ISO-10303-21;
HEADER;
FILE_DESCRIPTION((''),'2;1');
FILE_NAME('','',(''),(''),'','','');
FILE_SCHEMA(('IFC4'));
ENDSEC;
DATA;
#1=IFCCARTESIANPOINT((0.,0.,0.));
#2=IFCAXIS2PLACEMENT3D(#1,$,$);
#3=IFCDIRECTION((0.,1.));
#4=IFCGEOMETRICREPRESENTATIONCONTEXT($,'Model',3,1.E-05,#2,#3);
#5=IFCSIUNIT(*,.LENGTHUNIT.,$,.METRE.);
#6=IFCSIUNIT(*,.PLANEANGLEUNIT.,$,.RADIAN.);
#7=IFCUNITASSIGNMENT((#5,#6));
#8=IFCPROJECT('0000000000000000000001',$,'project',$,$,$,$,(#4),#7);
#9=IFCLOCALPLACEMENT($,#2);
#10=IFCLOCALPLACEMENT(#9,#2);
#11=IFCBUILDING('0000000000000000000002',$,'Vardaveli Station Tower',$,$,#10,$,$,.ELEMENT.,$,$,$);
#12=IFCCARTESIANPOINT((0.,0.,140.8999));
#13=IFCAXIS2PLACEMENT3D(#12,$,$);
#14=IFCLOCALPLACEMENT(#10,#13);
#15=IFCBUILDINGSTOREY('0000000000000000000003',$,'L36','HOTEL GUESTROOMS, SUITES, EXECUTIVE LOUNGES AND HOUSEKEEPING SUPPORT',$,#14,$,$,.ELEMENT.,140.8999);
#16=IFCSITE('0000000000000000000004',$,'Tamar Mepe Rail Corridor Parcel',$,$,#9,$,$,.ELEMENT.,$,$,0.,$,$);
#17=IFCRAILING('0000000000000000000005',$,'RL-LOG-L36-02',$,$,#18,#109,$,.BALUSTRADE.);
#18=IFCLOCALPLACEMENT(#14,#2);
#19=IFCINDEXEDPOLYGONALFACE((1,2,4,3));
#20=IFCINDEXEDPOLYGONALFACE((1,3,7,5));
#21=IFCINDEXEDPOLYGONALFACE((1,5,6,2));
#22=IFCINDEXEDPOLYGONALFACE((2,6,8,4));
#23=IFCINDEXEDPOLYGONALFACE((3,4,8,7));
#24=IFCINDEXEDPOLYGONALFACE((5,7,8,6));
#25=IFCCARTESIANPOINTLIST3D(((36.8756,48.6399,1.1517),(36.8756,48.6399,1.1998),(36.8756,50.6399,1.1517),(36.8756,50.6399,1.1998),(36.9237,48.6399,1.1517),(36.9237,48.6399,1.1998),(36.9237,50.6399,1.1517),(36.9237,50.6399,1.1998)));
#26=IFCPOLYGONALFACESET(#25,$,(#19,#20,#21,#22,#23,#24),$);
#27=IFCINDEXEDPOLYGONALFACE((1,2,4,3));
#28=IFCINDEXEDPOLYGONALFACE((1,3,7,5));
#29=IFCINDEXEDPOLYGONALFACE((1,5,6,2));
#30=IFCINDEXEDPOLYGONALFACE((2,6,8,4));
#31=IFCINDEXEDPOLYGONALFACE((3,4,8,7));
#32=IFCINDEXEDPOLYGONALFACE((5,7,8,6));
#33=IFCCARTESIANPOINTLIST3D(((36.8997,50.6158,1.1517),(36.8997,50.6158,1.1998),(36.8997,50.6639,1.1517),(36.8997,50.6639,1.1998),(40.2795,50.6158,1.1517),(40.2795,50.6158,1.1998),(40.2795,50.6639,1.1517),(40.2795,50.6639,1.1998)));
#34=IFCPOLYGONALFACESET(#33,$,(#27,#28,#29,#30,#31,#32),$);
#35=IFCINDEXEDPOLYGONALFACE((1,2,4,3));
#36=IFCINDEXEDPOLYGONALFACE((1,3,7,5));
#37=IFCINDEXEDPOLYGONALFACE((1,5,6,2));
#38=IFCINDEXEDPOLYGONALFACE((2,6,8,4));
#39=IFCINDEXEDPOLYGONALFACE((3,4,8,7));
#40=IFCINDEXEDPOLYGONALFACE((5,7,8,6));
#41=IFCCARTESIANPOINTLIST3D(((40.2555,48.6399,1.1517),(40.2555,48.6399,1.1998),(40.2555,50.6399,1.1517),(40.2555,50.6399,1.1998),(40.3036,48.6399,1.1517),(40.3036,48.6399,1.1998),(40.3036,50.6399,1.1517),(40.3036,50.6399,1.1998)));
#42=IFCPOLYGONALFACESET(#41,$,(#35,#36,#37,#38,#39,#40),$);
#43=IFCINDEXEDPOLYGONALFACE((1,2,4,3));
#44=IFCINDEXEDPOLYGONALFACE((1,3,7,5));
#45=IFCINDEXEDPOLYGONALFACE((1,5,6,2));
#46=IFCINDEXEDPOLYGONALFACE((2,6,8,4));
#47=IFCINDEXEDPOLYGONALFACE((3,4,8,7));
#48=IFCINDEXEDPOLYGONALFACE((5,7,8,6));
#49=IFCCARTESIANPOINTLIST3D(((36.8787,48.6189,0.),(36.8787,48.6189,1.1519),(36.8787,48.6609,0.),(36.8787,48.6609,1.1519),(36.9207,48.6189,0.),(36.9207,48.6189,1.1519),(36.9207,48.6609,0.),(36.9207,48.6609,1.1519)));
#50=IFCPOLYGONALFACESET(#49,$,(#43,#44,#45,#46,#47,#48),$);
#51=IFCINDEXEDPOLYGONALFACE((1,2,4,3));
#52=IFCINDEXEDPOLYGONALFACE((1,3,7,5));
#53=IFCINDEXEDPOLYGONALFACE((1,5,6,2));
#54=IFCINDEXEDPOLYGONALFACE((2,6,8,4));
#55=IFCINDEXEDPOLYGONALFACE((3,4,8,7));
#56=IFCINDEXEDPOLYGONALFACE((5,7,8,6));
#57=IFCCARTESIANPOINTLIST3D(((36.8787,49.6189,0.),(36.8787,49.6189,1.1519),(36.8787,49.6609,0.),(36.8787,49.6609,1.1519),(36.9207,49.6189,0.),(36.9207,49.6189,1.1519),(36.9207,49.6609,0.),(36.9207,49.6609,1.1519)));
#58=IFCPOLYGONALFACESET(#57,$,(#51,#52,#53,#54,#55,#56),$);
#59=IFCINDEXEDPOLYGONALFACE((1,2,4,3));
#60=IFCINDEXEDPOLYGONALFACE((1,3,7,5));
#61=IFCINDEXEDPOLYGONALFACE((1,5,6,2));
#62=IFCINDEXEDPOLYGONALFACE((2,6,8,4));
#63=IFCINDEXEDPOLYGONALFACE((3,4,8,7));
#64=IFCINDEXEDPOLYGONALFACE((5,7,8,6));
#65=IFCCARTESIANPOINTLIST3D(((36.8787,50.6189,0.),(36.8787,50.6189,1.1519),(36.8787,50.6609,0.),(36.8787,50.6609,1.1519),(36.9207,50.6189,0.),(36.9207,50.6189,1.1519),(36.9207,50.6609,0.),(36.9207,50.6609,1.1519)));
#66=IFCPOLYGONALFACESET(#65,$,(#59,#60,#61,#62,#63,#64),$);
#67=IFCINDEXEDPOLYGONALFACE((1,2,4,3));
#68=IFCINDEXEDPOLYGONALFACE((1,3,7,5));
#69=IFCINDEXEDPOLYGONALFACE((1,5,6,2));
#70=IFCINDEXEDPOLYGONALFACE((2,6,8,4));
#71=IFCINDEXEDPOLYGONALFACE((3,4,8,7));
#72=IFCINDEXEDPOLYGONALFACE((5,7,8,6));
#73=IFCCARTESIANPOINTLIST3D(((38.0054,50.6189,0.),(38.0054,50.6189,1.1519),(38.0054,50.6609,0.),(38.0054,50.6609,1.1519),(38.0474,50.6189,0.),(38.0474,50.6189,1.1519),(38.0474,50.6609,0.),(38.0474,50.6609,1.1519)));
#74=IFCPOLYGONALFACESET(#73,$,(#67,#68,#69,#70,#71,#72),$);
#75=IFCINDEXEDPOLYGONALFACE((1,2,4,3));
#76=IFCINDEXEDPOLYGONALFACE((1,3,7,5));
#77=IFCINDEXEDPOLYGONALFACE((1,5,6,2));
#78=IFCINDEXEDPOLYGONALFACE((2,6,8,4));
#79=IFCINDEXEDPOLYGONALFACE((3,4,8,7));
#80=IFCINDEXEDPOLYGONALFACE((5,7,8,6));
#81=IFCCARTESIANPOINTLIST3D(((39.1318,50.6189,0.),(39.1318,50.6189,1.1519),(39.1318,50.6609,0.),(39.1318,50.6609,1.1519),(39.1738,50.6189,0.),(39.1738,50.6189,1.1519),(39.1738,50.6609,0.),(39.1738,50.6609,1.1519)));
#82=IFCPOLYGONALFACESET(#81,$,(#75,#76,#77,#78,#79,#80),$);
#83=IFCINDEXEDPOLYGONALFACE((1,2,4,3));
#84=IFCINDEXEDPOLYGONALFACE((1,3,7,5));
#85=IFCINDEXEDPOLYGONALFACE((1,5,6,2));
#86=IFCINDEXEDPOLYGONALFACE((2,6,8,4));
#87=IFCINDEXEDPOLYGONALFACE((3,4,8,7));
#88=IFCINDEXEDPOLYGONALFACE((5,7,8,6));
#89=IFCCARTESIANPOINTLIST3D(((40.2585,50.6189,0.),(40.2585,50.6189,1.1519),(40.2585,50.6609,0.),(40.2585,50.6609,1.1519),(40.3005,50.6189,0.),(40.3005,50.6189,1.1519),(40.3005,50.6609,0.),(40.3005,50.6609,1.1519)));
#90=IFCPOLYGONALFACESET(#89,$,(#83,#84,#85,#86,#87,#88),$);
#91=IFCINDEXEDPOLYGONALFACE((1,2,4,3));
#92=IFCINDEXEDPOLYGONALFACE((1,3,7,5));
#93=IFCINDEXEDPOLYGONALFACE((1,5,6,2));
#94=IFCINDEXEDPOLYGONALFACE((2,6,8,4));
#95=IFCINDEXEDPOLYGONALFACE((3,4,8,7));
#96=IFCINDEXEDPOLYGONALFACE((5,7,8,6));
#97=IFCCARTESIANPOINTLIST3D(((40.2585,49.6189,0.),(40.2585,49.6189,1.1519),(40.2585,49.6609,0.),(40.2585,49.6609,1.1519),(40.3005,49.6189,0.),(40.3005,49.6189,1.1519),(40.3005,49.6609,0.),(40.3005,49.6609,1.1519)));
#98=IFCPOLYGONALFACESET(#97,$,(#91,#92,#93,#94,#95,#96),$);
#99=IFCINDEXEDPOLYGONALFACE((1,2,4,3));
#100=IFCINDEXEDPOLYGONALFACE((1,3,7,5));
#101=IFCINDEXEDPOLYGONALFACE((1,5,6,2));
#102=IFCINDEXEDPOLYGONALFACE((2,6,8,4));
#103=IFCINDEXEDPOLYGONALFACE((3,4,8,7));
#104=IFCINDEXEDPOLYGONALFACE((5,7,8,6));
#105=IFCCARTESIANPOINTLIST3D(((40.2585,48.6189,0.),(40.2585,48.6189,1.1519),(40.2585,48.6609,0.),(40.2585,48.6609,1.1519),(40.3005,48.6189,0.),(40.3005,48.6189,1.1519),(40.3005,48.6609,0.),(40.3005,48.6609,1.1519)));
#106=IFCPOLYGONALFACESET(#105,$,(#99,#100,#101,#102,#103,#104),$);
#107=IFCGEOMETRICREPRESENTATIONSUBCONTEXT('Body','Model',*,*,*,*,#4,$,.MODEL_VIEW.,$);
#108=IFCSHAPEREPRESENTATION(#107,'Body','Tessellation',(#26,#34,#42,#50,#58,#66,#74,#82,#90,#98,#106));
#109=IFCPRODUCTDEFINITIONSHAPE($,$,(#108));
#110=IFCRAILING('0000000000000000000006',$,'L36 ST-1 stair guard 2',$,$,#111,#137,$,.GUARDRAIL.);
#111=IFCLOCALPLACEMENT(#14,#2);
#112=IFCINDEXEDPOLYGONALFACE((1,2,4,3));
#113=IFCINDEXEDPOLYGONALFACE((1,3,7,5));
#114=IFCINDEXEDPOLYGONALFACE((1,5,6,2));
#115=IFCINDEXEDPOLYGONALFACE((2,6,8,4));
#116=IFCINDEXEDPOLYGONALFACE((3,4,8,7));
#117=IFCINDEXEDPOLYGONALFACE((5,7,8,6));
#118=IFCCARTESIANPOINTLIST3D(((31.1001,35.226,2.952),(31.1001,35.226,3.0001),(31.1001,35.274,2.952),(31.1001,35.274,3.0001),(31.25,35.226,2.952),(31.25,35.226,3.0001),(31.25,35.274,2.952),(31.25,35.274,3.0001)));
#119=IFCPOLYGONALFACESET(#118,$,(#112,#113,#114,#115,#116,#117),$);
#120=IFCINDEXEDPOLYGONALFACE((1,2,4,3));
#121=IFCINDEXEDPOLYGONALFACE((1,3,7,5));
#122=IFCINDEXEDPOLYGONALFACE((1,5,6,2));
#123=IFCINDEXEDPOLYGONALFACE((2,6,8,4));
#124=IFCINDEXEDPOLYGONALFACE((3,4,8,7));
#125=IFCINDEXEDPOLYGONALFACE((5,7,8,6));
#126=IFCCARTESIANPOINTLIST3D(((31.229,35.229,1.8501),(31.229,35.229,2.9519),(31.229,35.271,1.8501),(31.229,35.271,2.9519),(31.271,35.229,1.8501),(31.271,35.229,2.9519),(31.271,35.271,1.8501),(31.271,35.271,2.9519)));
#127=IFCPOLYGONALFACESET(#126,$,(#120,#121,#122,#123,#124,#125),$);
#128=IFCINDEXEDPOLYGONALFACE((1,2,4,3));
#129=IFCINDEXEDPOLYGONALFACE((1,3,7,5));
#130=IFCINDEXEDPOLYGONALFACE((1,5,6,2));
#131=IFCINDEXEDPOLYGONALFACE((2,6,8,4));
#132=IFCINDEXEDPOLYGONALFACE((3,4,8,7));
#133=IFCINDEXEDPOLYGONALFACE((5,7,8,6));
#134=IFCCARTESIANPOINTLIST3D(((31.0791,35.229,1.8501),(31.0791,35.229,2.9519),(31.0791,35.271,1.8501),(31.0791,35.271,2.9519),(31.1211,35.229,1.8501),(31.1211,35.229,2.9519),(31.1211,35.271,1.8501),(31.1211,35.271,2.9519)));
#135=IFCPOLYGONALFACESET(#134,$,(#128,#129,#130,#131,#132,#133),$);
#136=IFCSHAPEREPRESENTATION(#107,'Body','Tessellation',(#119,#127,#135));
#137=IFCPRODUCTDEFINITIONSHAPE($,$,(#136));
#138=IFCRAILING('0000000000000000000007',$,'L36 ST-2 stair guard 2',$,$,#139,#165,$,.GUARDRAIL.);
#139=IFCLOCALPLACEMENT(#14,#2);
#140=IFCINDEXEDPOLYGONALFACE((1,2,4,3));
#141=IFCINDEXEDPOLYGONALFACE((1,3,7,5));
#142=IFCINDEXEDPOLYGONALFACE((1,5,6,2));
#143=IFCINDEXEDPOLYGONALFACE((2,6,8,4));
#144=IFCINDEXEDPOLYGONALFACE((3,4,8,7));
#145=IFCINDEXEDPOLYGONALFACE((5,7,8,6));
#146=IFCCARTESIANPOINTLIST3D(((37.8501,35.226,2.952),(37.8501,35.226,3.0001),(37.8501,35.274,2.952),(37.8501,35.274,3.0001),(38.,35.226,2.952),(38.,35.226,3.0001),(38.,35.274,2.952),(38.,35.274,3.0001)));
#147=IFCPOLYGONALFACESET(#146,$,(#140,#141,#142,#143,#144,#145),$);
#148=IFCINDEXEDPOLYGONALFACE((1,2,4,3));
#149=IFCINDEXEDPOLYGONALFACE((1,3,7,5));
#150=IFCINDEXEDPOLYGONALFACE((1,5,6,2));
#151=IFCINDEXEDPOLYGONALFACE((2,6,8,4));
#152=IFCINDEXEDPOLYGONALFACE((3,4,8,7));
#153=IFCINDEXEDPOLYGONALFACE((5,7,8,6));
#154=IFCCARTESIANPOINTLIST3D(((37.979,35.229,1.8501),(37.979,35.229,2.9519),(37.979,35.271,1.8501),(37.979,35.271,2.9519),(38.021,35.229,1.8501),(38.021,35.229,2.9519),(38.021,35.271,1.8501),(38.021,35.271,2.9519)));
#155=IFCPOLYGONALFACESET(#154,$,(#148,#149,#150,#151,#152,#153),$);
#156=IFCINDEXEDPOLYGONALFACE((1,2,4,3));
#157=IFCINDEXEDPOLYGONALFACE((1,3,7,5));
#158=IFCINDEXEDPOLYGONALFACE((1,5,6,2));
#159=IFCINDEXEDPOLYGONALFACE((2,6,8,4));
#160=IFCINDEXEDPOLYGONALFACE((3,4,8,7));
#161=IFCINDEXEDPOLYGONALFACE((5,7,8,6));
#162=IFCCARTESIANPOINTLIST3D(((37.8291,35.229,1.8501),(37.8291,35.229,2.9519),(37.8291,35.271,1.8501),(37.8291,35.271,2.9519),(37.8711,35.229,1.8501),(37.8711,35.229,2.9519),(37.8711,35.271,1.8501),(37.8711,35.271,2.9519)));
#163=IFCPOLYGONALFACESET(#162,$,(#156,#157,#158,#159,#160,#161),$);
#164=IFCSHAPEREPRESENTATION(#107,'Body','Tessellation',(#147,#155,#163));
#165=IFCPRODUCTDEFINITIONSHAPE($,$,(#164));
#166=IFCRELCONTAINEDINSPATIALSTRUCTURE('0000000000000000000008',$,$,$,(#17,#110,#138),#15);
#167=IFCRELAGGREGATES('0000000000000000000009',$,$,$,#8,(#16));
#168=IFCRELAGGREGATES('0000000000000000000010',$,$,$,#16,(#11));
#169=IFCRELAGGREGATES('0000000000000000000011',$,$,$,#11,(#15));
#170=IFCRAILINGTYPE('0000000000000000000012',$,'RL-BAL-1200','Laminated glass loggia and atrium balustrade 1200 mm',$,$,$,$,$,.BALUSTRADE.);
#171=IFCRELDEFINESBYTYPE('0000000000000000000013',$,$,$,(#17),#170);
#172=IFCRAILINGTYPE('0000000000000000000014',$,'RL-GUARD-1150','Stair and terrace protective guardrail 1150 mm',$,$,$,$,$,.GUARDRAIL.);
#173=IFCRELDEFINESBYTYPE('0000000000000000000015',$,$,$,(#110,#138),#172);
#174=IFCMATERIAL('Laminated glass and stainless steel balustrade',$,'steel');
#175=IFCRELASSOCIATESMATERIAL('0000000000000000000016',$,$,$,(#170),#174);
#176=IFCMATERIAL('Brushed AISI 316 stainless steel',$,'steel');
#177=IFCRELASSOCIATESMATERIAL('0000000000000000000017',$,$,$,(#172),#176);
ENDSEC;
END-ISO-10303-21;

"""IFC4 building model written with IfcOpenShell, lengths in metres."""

from ifc_helpers import new_model, si_unit, direction, frame, origin, origin_2d, place, context, subcontext, project, spatial, rectangle, extrude, source, transform, mapped, material, type_object, element, save


model = new_model("IFC4")

# Units and contexts
model_context = context("Model", 3, precision=1e-05, world=origin(), true_north=direction((0.0, 1.0)))
body_context = subcontext(model_context, "Body", "Model", "MODEL_VIEW")
ifc_project = project(units=[si_unit("LENGTHUNIT", "METRE"), si_unit("PLANEANGLEUNIT", "RADIAN")], contexts=[model_context])

# Site, building, storey
site_placement = place(None, origin())
site = spatial("IfcSite", under=ifc_project, at=site_placement, Name="Tamar Mepe Rail Corridor Parcel", CompositionType="ELEMENT", RefElevation=0.0)
building_placement = place(site_placement, origin())
building = spatial("IfcBuilding", under=site, at=building_placement, Name="Vardaveli Station Tower", CompositionType="ELEMENT")
storey_placement = place(building_placement, frame((0.0, 0.0, 140.8999)))
storey = spatial("IfcBuildingStorey", under=building, at=storey_placement, Name="L36", Description="HOTEL GUESTROOMS, SUITES, EXECUTIVE LOUNGES AND HOUSEKEEPING SUPPORT", CompositionType="ELEMENT", Elevation=140.8999)

# Railings
ifc_material_1 = material(Name="Laminated glass and stainless steel balustrade", Category="steel")
railing_type_1 = type_object("IfcRailingType", Name="RL-BAL-1200", Description="Laminated glass loggia and atrium balustrade 1200 mm", PredefinedType="BALUSTRADE", material=ifc_material_1)
shared_shape_1 = source(origin(), body_context, "Body", "SweptSolid", [
    extrude(rectangle(XDim=0.0481, YDim=0.0481, at=origin_2d()), frame((0.0, 0.0, 1.1758), z_axis=(0.0, 1.0, 0.0), x_axis=(-1.0, 0.0, 0.0)), (0.0, 0.0, 1.0), 2.0),
    extrude(rectangle(XDim=0.0481, YDim=0.0481, at=origin_2d()), frame((0.0, 2.0, 1.1758), z_axis=(1.0, 0.0, 0.0), x_axis=(0.0, 1.0, 0.0)), (0.0, 0.0, 1.0), 3.3799),
    extrude(rectangle(XDim=0.0481, YDim=0.0481, at=origin_2d()), frame((3.3799, 2.0, 1.1758), z_axis=(0.0, -1.0, 0.0), x_axis=(1.0, 0.0, 0.0)), (0.0, 0.0, 1.0), 2.0),
    extrude(rectangle(XDim=0.042, YDim=0.042, at=origin_2d()), origin(), (0.0, 0.0, 1.0), 1.1519),
    extrude(rectangle(XDim=0.042, YDim=0.042, at=origin_2d()), frame((0.0, 1.0, 0.0)), (0.0, 0.0, 1.0), 1.1519),
    extrude(rectangle(XDim=0.042, YDim=0.042, at=origin_2d()), frame((0.0, 2.0, 0.0)), (0.0, 0.0, 1.0), 1.1519),
    extrude(rectangle(XDim=0.042, YDim=0.042, at=origin_2d()), frame((1.1267, 2.0, 0.0)), (0.0, 0.0, 1.0), 1.1519),
    extrude(rectangle(XDim=0.042, YDim=0.042, at=origin_2d()), frame((2.2532, 2.0, 0.0)), (0.0, 0.0, 1.0), 1.1519),
    extrude(rectangle(XDim=0.042, YDim=0.042, at=origin_2d()), frame((3.3799, 2.0, 0.0)), (0.0, 0.0, 1.0), 1.1519),
    extrude(rectangle(XDim=0.042, YDim=0.042, at=origin_2d()), frame((3.3799, 1.0, 0.0)), (0.0, 0.0, 1.0), 1.1519),
    extrude(rectangle(XDim=0.042, YDim=0.042, at=origin_2d()), frame((3.3799, 0.0, 0.0)), (0.0, 0.0, 1.0), 1.1519),
])
railing_placement = place(storey_placement, frame((36.8997, 48.6399, 0.0)))
element("IfcRailing", 1, at=railing_placement, inside=storey, type_object=railing_type_1, Name="RL-LOG-L36-02", PredefinedType="BALUSTRADE", context=body_context, shape_type="MappedRepresentation", body=[
    mapped(shared_shape_1, transform((0.0, 0.0, 0.0), scale=1.0)),
])
ifc_material_2 = material(Name="Brushed AISI 316 stainless steel", Category="steel")
railing_type_2 = type_object("IfcRailingType", Name="RL-GUARD-1150", Description="Stair and terrace protective guardrail 1150 mm", PredefinedType="GUARDRAIL", material=ifc_material_2)
shared_shape_2 = source(origin(), body_context, "Body", "SweptSolid", [
    extrude(rectangle(XDim=0.0481, YDim=0.0481, at=origin_2d()), frame((0.0, 0.0, 1.126), z_axis=(-1.0, 0.0, 0.0), x_axis=(0.0, -1.0, 0.0)), (0.0, 0.0, 1.0), 0.1499),
    extrude(rectangle(XDim=0.042, YDim=0.042, at=origin_2d()), origin(), (0.0, 0.0, 1.0), 1.1018),
    extrude(rectangle(XDim=0.042, YDim=0.042, at=origin_2d()), frame((-0.1499, 0.0, 0.0)), (0.0, 0.0, 1.0), 1.1018),
])
for number, where, name in (
    (2, (31.25, 35.25, 1.8501), "L36 ST-1 stair guard 2"),
    (3, (38.0, 35.25, 1.8501), "L36 ST-2 stair guard 2"),
):
    element("IfcRailing", number, at=place(storey_placement, frame(where)), inside=storey, type_object=railing_type_2, Name=name, PredefinedType="GUARDRAIL", context=body_context, shape_type="MappedRepresentation", body=[
        mapped(shared_shape_2, transform((0.0, 0.0, 0.0), scale=1.0)),
    ])

save(model, "model.ifc")
